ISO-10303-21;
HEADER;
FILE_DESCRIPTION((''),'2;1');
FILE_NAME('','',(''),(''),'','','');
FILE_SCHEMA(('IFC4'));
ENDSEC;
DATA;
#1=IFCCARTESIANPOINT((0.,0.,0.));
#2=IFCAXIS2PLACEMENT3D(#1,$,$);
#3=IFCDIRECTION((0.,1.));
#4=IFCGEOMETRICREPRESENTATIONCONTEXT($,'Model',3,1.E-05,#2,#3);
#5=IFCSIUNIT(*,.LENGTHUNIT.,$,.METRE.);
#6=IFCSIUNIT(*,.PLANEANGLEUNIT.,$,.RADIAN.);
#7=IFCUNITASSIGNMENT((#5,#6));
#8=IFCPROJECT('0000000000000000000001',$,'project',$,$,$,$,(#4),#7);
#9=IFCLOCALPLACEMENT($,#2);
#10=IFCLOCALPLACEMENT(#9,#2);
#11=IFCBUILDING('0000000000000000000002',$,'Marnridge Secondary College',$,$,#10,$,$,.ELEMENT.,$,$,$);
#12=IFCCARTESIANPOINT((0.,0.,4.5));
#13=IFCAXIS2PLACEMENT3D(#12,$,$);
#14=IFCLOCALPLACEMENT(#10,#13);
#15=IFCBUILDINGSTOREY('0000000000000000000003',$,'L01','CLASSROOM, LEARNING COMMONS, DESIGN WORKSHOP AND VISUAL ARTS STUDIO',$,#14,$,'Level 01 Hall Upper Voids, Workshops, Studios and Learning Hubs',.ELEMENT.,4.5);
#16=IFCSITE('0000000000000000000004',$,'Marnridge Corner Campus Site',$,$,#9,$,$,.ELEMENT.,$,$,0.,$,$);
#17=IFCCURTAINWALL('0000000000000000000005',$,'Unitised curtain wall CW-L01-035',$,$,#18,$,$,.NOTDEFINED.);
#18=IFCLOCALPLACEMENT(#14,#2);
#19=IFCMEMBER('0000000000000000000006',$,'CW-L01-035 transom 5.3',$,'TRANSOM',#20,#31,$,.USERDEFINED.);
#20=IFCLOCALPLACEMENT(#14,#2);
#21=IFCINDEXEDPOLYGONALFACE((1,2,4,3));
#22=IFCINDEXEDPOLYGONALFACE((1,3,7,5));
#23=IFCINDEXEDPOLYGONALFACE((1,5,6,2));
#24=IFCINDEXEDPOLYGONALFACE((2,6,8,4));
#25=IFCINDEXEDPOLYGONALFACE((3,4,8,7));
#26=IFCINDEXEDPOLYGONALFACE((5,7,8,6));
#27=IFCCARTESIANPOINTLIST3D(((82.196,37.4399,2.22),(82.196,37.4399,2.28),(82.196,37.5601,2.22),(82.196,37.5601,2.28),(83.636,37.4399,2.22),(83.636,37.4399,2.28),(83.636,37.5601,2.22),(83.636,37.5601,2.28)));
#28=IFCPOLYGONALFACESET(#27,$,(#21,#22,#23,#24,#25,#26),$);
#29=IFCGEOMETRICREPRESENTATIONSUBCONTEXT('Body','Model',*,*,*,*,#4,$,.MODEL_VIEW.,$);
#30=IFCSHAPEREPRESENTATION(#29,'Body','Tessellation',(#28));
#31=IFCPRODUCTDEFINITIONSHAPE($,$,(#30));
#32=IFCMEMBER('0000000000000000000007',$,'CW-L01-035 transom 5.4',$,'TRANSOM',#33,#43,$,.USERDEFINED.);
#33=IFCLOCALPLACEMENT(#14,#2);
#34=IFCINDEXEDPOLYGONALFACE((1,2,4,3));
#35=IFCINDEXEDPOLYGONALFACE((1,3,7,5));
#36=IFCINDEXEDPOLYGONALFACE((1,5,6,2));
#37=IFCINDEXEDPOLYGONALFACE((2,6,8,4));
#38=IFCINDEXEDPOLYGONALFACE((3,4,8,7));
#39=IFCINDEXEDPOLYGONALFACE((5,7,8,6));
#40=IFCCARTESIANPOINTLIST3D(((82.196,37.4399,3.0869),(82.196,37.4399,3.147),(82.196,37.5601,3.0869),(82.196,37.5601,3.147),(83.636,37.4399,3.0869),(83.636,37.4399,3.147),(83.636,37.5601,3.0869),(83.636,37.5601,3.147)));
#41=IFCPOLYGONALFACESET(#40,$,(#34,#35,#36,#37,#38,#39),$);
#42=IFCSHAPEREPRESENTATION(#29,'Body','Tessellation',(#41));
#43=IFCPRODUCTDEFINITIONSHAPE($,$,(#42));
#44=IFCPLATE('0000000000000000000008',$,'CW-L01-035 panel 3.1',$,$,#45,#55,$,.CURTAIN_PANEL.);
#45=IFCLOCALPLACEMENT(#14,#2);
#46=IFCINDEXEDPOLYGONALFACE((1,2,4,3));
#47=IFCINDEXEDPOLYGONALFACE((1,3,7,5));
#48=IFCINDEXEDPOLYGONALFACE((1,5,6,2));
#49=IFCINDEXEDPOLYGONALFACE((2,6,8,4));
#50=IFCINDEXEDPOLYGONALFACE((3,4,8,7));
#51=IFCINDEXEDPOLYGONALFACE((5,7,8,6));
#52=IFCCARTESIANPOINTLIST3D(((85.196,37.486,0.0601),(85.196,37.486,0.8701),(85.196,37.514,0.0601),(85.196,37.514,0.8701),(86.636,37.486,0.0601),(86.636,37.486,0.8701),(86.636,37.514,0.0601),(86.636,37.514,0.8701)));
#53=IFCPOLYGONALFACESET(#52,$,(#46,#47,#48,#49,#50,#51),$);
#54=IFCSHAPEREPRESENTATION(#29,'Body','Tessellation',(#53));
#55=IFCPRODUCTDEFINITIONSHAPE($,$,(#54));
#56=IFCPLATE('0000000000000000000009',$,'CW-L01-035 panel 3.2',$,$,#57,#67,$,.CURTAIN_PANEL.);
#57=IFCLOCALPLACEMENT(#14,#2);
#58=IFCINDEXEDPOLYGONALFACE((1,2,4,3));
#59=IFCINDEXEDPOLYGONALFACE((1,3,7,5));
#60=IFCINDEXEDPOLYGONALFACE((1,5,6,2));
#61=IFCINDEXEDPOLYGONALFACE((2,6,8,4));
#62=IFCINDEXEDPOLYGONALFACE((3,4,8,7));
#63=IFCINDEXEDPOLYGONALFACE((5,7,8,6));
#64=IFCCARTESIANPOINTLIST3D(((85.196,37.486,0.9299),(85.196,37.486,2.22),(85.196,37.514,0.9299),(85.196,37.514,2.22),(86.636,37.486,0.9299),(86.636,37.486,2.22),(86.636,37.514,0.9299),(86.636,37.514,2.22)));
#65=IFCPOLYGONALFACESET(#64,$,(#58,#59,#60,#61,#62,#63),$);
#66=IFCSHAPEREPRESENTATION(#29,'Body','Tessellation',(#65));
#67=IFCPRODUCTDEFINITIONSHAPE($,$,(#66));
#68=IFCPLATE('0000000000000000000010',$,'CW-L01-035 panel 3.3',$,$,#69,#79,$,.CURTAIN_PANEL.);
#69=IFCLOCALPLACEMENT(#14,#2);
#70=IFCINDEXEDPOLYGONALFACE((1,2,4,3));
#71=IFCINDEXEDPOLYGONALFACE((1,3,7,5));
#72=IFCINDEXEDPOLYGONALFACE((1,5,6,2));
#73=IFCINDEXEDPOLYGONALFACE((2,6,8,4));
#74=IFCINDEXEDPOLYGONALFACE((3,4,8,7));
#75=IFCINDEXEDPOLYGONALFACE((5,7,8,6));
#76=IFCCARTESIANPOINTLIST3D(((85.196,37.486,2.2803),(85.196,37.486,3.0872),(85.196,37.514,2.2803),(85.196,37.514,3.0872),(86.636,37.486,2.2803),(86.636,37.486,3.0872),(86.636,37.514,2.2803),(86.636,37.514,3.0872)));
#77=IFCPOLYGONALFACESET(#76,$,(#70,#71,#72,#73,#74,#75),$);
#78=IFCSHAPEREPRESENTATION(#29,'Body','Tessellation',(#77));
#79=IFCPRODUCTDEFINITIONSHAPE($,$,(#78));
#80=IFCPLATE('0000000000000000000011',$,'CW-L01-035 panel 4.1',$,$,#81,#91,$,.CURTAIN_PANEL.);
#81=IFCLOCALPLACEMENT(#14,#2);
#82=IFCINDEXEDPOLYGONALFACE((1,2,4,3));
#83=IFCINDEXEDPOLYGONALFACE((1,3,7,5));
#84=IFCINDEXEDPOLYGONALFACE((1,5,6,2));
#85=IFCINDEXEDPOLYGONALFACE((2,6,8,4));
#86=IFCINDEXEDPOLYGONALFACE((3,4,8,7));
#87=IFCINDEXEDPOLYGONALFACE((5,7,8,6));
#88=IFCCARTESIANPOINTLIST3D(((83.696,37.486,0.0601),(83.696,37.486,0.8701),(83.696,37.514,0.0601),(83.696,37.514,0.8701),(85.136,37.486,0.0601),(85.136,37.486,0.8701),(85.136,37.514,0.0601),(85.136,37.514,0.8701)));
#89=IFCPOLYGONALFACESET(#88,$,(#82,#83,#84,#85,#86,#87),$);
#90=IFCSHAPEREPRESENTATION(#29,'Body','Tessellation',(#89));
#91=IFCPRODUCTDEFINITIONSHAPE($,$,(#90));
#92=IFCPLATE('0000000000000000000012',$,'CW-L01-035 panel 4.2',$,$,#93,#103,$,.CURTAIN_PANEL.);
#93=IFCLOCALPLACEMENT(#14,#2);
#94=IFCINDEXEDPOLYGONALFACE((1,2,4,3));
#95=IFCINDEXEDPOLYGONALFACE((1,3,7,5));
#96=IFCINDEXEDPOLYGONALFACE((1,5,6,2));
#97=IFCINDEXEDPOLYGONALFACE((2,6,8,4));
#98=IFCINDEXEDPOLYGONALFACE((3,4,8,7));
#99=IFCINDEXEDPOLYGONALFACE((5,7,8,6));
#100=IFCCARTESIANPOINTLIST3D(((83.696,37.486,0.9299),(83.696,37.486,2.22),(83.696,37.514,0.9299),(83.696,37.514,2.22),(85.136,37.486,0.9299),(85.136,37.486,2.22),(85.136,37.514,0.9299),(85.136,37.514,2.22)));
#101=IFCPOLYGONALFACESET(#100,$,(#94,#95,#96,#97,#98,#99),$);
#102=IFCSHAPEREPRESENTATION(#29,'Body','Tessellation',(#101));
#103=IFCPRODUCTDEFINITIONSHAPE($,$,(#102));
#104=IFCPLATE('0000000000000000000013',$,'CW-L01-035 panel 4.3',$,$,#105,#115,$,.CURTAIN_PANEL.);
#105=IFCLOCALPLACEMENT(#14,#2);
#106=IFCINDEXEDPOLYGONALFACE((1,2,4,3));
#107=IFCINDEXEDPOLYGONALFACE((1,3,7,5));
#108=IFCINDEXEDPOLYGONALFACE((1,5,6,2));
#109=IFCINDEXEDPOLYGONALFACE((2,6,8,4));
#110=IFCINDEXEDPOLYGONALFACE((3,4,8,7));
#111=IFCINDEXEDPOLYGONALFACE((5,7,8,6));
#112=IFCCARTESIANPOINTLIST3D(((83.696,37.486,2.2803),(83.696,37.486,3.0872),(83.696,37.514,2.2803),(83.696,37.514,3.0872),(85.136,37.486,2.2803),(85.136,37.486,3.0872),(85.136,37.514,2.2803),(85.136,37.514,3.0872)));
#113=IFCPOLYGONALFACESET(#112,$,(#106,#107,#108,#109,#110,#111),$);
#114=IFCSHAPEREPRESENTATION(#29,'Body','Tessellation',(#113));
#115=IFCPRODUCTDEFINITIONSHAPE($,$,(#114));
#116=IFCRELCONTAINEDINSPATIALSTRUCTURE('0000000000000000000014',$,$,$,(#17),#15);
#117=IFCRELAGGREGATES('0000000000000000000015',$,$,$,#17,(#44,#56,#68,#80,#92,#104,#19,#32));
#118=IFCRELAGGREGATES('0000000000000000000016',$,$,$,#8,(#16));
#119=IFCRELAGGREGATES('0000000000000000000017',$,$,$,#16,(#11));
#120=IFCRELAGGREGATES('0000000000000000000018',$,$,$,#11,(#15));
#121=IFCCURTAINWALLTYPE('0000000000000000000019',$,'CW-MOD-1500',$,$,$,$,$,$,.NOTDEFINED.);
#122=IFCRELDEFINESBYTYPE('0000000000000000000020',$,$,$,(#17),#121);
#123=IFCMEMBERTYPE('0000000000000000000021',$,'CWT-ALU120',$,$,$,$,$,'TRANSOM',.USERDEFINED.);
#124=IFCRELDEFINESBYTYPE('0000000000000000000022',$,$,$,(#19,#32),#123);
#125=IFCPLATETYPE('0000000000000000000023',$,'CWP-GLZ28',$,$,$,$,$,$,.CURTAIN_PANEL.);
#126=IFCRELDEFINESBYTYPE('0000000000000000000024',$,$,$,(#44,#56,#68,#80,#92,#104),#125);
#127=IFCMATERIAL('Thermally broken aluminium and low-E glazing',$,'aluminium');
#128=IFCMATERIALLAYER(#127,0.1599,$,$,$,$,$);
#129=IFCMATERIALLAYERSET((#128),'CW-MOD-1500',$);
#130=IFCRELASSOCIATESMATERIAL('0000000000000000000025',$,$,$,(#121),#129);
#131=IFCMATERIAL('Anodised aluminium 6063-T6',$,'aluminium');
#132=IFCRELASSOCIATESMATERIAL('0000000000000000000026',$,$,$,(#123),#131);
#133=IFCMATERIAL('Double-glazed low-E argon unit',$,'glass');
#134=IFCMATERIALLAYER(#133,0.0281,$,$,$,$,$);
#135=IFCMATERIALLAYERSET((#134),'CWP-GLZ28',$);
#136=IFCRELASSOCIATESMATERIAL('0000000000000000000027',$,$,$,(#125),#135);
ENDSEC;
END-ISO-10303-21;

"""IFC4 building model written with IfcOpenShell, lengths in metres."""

from ifc_helpers import new_model, si_unit, direction, frame, origin, origin_2d, place, context, subcontext, project, spatial, rectangle, extrude, material, layer, layer_set, material_profile, profile_set, type_object, element, aggregate, save


model = new_model("IFC4")

# Units and contexts
model_context = context("Model", 3, precision=1e-05, world=origin(), true_north=direction((0.0, 1.0)))
body_context = subcontext(model_context, "Body", "Model", "MODEL_VIEW")
ifc_project = project(units=[si_unit("LENGTHUNIT", "METRE"), si_unit("PLANEANGLEUNIT", "RADIAN")], contexts=[model_context])

# Site, building, storey
site_placement = place(None, origin())
site = spatial("IfcSite", under=ifc_project, at=site_placement, Name="Marnridge Corner Campus Site", CompositionType="ELEMENT", RefElevation=0.0)
building_placement = place(site_placement, origin())
building = spatial("IfcBuilding", under=site, at=building_placement, Name="Marnridge Secondary College", CompositionType="ELEMENT")
storey_placement = place(building_placement, frame((0.0, 0.0, 4.5)))
storey = spatial("IfcBuildingStorey", under=building, at=storey_placement, Name="L01", Description="CLASSROOM, LEARNING COMMONS, DESIGN WORKSHOP AND VISUAL ARTS STUDIO", LongName="Level 01 Hall Upper Voids, Workshops, Studios and Learning Hubs", CompositionType="ELEMENT", Elevation=4.5)

# Curtain wall, members, plates
ifc_material_1 = material(Name="Thermally broken aluminium and low-E glazing", Category="aluminium")
ifc_layer_1 = layer(ifc_material_1, 0.1599)
ifc_layer_set_1 = layer_set([ifc_layer_1], Name="CW-MOD-1500")
curtain_wall_type = type_object("IfcCurtainWallType", Name="CW-MOD-1500", PredefinedType="NOTDEFINED", material=ifc_layer_set_1)
curtain_wall_placement = place(storey_placement, origin())
curtain_wall = element("IfcCurtainWall", 1, at=curtain_wall_placement, inside=storey, type_object=curtain_wall_type, Name="Unitised curtain wall CW-L01-035", PredefinedType="NOTDEFINED")
ifc_material_2 = material(Name="Anodised aluminium 6063-T6", Category="aluminium")
ifc_material_profile_1 = material_profile(ifc_material_2, rectangle(XDim=0.0601, YDim=0.1201, at=origin_2d()), Name="ALU 60x120")
ifc_profile_set_1 = profile_set([ifc_material_profile_1], Name="Anodised aluminium 6063-T6")
member_type_1 = type_object("IfcMemberType", Name="CWT-ALU120", ElementType="TRANSOM", PredefinedType="USERDEFINED", material=ifc_profile_set_1)
member_1_placement = place(storey_placement, frame((83.636, 37.5, 2.25), z_axis=(-1.0, 0.0, 0.0), x_axis=(0.0, 0.0, 1.0)))
member_1 = element("IfcMember", 2, at=member_1_placement, type_object=member_type_1, Name="CW-L01-035 transom 5.3", ObjectType="TRANSOM", PredefinedType="USERDEFINED", context=body_context, shape_type="SweptSolid", body=[
    extrude(rectangle(XDim=0.0601, YDim=0.1201, at=origin_2d()), origin(), (0.0, 0.0, 1.0), 1.4399),
])
member_2_placement = place(storey_placement, frame((83.636, 37.5, 3.1169), z_axis=(-1.0, 0.0, 0.0), x_axis=(0.0, 0.0, 1.0)))
member_2 = element("IfcMember", 3, at=member_2_placement, type_object=member_type_1, Name="CW-L01-035 transom 5.4", ObjectType="TRANSOM", PredefinedType="USERDEFINED", context=body_context, shape_type="SweptSolid", body=[
    extrude(rectangle(XDim=0.0601, YDim=0.1201, at=origin_2d()), origin(), (0.0, 0.0, 1.0), 1.4399),
])
ifc_material_3 = material(Name="Double-glazed low-E argon unit", Category="glass")
ifc_layer_2 = layer(ifc_material_3, 0.0281)
ifc_layer_set_2 = layer_set([ifc_layer_2], Name="CWP-GLZ28")
plate_type = type_object("IfcPlateType", Name="CWP-GLZ28", PredefinedType="CURTAIN_PANEL", material=ifc_layer_set_2)
plate_1_placement = place(storey_placement, frame((85.916, 37.5, 0.0601), z_axis=(0.0, 0.0, 1.0), x_axis=(-1.0, 0.0, 0.0)))
plate_1 = element("IfcPlate", 4, at=plate_1_placement, type_object=plate_type, Name="CW-L01-035 panel 3.1", PredefinedType="CURTAIN_PANEL", context=body_context, shape_type="SweptSolid", body=[
    extrude(rectangle(XDim=1.4399, YDim=0.0281, at=origin_2d()), origin(), (0.0, 0.0, 1.0), 0.8101),
])
plate_2_placement = place(storey_placement, frame((85.916, 37.5, 0.9299), z_axis=(0.0, 0.0, 1.0), x_axis=(-1.0, 0.0, 0.0)))
plate_2 = element("IfcPlate", 5, at=plate_2_placement, type_object=plate_type, Name="CW-L01-035 panel 3.2", PredefinedType="CURTAIN_PANEL", context=body_context, shape_type="SweptSolid", body=[
    extrude(rectangle(XDim=1.4399, YDim=0.0281, at=origin_2d()), origin(), (0.0, 0.0, 1.0), 1.29),
])
plate_3_placement = place(storey_placement, frame((85.916, 37.5, 2.2803), z_axis=(0.0, 0.0, 1.0), x_axis=(-1.0, 0.0, 0.0)))
plate_3 = element("IfcPlate", 6, at=plate_3_placement, type_object=plate_type, Name="CW-L01-035 panel 3.3", PredefinedType="CURTAIN_PANEL", context=body_context, shape_type="SweptSolid", body=[
    extrude(rectangle(XDim=1.4399, YDim=0.0281, at=origin_2d()), origin(), (0.0, 0.0, 1.0), 0.8069),
])
plate_4_placement = place(storey_placement, frame((84.416, 37.5, 0.0601), z_axis=(0.0, 0.0, 1.0), x_axis=(-1.0, 0.0, 0.0)))
plate_4 = element("IfcPlate", 7, at=plate_4_placement, type_object=plate_type, Name="CW-L01-035 panel 4.1", PredefinedType="CURTAIN_PANEL", context=body_context, shape_type="SweptSolid", body=[
    extrude(rectangle(XDim=1.4399, YDim=0.0281, at=origin_2d()), origin(), (0.0, 0.0, 1.0), 0.8101),
])
plate_5_placement = place(storey_placement, frame((84.416, 37.5, 0.9299), z_axis=(0.0, 0.0, 1.0), x_axis=(-1.0, 0.0, 0.0)))
plate_5 = element("IfcPlate", 8, at=plate_5_placement, type_object=plate_type, Name="CW-L01-035 panel 4.2", PredefinedType="CURTAIN_PANEL", context=body_context, shape_type="SweptSolid", body=[
    extrude(rectangle(XDim=1.4399, YDim=0.0281, at=origin_2d()), origin(), (0.0, 0.0, 1.0), 1.29),
])
plate_6_placement = place(storey_placement, frame((84.416, 37.5, 2.2803), z_axis=(0.0, 0.0, 1.0), x_axis=(-1.0, 0.0, 0.0)))
plate_6 = element("IfcPlate", 9, at=plate_6_placement, type_object=plate_type, Name="CW-L01-035 panel 4.3", PredefinedType="CURTAIN_PANEL", context=body_context, shape_type="SweptSolid", body=[
    extrude(rectangle(XDim=1.4399, YDim=0.0281, at=origin_2d()), origin(), (0.0, 0.0, 1.0), 0.8069),
])
aggregate(curtain_wall, [plate_1, plate_2, plate_3, plate_4, plate_5, plate_6, member_1, member_2])

save(model, "model.ifc")
